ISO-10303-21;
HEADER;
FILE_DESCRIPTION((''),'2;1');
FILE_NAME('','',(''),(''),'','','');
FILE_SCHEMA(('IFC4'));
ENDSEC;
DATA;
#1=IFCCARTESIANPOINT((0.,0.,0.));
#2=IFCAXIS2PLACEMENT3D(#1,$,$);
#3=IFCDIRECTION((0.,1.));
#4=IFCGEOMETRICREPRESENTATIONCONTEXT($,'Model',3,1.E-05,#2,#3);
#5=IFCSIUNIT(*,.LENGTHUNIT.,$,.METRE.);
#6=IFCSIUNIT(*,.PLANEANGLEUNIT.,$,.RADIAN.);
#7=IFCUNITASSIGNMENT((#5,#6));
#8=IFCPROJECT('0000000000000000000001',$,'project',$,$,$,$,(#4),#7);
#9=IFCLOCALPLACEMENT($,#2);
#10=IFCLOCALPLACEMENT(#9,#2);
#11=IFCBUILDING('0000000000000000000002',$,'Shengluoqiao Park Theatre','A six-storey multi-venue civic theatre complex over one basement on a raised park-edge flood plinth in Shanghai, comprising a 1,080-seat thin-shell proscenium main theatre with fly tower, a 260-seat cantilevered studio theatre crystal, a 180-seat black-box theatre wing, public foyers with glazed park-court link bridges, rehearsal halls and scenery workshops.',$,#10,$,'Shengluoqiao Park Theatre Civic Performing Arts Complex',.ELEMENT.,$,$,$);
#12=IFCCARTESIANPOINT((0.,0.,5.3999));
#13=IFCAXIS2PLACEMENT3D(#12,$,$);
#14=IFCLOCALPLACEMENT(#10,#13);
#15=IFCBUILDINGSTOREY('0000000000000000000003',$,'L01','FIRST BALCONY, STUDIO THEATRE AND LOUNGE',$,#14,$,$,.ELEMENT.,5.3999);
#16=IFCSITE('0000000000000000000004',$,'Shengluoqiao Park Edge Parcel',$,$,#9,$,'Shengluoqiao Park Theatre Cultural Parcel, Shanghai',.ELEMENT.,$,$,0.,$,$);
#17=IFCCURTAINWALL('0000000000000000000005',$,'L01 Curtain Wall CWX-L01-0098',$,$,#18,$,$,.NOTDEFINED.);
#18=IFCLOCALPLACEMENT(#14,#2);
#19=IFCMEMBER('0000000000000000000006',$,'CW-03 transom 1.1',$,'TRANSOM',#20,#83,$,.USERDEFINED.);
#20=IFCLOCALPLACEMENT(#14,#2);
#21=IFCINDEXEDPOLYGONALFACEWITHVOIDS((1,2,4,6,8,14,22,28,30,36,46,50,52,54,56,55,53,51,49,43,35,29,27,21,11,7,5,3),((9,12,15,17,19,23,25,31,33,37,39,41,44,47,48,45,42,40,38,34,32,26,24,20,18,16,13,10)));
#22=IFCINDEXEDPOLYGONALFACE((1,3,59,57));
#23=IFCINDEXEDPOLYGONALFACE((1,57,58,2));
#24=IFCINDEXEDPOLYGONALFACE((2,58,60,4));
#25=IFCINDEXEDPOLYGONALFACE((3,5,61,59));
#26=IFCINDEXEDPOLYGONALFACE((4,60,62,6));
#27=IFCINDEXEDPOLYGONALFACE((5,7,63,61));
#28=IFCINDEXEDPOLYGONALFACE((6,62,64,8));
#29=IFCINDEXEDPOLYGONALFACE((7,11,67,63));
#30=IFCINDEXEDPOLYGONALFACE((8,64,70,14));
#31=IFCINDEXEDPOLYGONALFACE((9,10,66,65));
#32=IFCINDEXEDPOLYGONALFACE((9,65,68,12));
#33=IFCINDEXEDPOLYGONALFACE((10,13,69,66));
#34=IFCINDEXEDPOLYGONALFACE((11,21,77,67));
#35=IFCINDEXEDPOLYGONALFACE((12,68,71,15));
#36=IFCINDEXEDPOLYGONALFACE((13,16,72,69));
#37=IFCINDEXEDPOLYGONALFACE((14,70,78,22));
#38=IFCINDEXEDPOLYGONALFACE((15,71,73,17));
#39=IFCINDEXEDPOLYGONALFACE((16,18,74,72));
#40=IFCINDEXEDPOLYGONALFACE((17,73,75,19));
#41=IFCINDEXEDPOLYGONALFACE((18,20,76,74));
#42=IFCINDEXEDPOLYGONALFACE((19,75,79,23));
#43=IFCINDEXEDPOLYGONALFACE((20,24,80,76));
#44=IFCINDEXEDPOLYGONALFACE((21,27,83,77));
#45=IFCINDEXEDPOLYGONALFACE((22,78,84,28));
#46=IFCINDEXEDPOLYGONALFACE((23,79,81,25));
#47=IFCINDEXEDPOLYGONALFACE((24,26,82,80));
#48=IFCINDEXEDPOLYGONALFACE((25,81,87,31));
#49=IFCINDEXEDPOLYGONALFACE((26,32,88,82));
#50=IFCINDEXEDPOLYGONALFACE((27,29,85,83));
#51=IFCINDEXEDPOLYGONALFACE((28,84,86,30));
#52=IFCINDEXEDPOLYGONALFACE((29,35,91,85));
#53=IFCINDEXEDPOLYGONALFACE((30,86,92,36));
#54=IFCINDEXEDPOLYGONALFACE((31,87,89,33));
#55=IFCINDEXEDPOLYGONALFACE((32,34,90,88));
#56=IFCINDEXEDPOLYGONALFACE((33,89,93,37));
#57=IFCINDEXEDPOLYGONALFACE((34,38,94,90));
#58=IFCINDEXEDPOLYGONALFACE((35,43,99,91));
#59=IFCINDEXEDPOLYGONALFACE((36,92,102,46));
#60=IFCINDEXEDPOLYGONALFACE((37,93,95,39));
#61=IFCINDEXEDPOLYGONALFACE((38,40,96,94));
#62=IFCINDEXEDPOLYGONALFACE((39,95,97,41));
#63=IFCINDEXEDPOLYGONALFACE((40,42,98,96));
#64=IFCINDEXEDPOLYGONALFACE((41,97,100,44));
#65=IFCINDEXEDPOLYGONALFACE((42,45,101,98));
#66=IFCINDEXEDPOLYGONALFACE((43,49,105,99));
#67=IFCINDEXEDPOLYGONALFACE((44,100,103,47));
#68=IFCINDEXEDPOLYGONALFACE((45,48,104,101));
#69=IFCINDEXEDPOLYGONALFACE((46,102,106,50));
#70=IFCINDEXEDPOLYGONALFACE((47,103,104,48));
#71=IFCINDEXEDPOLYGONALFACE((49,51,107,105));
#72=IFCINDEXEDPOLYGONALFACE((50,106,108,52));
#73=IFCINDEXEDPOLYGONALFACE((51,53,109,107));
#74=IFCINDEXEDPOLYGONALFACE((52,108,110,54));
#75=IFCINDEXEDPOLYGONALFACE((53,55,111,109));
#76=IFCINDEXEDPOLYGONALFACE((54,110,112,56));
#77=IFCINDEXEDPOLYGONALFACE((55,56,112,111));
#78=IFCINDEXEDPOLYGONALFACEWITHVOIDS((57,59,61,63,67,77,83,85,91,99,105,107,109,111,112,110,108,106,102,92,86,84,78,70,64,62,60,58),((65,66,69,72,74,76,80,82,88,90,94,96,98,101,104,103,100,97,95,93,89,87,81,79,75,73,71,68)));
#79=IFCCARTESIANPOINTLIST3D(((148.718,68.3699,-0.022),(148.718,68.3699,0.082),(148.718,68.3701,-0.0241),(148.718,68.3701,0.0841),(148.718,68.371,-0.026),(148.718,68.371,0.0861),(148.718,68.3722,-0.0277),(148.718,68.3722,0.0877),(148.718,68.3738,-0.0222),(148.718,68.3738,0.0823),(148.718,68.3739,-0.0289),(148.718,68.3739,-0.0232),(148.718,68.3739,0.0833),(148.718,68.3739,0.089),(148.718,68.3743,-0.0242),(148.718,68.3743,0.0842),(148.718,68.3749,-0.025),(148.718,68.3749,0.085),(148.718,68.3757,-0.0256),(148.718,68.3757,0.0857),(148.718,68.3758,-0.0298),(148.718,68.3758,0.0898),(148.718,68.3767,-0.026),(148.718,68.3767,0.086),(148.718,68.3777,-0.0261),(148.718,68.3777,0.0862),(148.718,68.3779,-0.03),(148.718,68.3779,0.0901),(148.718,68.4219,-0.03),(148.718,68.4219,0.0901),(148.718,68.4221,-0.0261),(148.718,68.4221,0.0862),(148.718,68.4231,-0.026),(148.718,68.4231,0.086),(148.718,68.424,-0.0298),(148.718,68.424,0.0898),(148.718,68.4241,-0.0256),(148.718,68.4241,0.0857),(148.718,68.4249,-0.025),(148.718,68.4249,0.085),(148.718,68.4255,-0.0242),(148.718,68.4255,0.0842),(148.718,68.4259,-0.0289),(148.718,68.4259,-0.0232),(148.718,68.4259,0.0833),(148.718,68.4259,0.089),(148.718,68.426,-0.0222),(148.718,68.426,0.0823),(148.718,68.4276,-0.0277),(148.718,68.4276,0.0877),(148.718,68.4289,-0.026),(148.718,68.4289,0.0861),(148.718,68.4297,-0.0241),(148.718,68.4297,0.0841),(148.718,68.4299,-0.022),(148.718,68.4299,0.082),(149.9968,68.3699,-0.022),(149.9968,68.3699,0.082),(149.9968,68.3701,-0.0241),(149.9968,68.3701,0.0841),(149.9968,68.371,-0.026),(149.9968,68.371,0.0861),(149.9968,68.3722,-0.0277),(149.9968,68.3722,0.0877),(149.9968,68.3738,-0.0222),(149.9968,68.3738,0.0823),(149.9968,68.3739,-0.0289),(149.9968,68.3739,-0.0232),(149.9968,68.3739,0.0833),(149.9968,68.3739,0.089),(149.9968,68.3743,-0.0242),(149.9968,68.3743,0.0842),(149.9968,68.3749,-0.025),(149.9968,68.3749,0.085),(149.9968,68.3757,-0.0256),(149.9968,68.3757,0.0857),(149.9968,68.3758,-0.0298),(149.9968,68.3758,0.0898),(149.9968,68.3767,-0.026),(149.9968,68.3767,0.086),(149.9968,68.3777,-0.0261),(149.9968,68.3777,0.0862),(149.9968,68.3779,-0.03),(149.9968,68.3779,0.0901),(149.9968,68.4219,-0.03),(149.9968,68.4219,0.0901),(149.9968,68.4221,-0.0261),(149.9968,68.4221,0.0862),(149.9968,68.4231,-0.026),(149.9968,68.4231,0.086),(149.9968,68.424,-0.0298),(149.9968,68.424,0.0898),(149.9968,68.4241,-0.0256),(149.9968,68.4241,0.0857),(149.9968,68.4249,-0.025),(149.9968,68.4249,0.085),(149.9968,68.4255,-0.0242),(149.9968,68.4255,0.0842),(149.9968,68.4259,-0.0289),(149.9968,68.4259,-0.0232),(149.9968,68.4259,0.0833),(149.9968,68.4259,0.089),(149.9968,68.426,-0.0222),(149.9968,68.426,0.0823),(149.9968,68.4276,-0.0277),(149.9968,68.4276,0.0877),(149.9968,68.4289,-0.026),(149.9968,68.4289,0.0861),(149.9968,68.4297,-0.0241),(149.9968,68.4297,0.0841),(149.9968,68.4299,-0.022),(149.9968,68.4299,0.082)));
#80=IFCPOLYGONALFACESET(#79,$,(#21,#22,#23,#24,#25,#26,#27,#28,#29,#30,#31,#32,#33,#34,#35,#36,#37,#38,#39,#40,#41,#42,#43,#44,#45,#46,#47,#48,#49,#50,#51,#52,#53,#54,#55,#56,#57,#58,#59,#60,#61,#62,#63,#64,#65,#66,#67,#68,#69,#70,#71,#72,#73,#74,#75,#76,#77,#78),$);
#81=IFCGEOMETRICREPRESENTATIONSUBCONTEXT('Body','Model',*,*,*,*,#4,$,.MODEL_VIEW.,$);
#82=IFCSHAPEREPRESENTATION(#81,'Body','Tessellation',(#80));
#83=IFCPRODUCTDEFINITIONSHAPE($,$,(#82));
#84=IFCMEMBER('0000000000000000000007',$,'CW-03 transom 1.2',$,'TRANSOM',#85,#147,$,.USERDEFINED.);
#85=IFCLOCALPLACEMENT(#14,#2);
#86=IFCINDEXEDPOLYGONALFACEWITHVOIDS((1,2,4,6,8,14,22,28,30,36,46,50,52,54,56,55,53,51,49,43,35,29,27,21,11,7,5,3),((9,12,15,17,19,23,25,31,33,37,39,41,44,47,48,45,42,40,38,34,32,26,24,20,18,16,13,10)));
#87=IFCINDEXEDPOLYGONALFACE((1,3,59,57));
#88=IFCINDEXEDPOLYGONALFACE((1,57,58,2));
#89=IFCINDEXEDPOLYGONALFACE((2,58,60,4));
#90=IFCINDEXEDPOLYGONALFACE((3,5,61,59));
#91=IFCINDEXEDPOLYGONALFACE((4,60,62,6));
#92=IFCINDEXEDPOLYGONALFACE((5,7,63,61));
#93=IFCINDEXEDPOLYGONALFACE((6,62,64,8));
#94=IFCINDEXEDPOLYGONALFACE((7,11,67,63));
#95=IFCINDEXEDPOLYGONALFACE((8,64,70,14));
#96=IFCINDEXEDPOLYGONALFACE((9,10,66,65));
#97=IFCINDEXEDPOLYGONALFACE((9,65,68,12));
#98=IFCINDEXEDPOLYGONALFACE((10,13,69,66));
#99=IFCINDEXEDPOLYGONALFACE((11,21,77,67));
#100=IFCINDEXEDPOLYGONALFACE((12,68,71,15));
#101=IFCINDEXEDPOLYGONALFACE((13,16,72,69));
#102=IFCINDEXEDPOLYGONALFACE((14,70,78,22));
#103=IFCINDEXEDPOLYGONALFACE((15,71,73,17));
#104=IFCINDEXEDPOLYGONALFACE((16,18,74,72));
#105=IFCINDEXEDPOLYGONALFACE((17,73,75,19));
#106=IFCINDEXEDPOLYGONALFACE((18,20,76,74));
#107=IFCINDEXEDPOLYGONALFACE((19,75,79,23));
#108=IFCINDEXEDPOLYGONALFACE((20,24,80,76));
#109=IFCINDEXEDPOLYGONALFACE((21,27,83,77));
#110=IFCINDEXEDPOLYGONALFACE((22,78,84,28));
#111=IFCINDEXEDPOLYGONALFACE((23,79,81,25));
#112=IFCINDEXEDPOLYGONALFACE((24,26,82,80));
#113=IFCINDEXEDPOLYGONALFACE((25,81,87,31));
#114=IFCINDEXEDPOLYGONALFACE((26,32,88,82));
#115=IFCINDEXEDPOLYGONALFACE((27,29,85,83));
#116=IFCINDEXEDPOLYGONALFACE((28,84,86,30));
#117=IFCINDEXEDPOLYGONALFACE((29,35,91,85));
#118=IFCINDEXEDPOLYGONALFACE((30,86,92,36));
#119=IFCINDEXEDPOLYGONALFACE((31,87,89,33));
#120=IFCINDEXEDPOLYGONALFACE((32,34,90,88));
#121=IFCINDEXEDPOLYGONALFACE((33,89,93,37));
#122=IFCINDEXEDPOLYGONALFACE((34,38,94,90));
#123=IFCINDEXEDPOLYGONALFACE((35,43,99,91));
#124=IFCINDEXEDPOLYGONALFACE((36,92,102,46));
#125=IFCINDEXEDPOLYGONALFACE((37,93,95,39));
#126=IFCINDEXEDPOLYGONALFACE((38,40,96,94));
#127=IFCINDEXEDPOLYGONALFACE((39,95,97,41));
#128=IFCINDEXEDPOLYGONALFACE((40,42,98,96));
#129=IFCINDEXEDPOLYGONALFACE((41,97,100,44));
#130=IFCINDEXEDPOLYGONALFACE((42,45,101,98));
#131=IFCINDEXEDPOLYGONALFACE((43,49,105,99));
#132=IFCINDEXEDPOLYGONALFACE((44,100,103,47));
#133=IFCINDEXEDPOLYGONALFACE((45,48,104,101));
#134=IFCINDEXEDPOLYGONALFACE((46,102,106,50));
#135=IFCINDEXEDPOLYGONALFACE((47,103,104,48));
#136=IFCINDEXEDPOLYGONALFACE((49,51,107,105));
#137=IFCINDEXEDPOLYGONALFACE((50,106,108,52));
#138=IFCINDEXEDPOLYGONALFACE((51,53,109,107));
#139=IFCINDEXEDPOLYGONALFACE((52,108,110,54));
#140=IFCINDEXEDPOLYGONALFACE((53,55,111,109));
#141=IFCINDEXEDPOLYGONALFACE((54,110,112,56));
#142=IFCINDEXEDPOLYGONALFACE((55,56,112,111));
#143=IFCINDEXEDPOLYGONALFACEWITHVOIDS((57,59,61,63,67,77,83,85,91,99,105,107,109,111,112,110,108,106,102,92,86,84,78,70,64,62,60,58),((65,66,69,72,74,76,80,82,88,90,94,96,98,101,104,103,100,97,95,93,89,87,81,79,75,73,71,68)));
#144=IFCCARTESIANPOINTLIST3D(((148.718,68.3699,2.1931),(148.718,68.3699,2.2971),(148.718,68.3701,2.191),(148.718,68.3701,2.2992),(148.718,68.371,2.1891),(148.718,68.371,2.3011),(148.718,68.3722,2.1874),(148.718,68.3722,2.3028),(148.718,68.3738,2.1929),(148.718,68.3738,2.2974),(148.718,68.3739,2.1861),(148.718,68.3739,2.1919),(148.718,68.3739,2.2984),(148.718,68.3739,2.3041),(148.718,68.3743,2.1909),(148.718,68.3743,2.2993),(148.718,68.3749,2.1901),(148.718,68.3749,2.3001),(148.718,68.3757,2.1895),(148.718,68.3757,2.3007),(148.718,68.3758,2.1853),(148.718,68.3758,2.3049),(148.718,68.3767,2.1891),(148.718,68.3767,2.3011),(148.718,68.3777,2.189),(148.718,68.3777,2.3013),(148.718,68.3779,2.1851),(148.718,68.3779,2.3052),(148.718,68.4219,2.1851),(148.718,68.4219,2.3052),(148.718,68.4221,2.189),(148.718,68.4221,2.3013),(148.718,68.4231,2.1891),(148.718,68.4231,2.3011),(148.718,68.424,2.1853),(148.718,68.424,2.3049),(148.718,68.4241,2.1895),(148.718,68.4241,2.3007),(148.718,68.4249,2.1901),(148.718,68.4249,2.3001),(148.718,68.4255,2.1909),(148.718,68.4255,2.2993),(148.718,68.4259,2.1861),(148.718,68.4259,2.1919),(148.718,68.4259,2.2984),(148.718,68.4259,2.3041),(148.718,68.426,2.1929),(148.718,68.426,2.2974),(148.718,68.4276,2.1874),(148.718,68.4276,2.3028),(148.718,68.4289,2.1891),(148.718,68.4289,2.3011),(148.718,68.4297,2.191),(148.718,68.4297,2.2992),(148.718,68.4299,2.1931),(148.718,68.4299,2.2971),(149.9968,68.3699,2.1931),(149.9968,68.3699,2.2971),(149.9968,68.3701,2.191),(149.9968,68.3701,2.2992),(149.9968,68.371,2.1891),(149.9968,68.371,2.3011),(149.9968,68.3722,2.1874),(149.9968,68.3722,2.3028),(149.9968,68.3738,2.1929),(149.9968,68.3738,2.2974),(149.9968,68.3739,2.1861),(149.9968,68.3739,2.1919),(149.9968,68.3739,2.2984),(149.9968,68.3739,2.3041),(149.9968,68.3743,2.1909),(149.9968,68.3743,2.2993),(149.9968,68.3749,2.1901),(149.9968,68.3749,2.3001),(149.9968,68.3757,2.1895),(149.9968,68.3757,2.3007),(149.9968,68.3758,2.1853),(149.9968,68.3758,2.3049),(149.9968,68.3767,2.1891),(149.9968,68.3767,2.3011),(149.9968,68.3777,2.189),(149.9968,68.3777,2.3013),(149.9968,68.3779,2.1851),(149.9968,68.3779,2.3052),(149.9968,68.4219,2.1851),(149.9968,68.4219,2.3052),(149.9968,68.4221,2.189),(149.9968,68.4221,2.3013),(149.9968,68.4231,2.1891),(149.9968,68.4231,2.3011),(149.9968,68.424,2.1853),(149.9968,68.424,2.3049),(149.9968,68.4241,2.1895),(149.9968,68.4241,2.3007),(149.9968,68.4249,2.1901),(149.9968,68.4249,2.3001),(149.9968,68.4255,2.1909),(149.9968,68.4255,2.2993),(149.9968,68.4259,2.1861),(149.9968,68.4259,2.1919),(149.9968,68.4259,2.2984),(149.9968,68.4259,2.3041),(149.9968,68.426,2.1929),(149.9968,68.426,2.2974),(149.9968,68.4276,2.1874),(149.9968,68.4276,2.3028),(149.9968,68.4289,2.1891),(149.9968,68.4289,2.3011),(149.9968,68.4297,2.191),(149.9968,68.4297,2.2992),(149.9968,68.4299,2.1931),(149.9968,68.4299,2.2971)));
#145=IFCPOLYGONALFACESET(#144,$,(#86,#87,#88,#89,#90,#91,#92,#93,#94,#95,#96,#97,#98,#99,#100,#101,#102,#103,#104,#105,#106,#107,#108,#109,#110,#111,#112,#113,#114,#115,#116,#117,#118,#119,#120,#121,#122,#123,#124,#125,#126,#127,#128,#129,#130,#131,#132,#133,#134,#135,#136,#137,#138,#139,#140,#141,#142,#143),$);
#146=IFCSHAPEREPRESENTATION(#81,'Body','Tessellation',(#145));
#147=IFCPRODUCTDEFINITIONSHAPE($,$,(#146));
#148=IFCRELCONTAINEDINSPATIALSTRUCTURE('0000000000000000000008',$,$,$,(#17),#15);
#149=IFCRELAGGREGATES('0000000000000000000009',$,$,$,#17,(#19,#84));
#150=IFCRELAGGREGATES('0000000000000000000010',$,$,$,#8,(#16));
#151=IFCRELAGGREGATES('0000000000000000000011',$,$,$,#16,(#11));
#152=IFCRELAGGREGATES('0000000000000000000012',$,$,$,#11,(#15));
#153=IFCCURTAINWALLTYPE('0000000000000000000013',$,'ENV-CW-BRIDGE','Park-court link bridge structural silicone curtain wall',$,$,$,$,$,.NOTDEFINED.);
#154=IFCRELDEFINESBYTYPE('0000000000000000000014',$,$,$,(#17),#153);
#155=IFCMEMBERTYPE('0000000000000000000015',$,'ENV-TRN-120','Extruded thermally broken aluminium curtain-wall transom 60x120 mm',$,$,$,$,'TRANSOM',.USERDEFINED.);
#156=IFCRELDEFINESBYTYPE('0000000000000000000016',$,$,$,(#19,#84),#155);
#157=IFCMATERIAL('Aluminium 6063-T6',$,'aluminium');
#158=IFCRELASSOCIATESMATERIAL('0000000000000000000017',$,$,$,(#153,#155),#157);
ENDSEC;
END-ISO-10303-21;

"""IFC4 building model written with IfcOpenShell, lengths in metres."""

from ifc_helpers import new_model, si_unit, direction, frame, origin, origin_2d, place, context, subcontext, project, spatial, hollow_rectangle, extrude, material, material_profile, profile_set, type_object, element, aggregate, save


model = new_model("IFC4")

# Units and contexts
model_context = context("Model", 3, precision=1e-05, world=origin(), true_north=direction((0.0, 1.0)))
body_context = subcontext(model_context, "Body", "Model", "MODEL_VIEW")
ifc_project = project(units=[si_unit("LENGTHUNIT", "METRE"), si_unit("PLANEANGLEUNIT", "RADIAN")], contexts=[model_context])

# Site, building, storey
site_placement = place(None, origin())
site = spatial("IfcSite", under=ifc_project, at=site_placement, Name="Shengluoqiao Park Edge Parcel", LongName="Shengluoqiao Park Theatre Cultural Parcel, Shanghai", CompositionType="ELEMENT", RefElevation=0.0)
building_placement = place(site_placement, origin())
building = spatial("IfcBuilding", under=site, at=building_placement, Name="Shengluoqiao Park Theatre", Description="A six-storey multi-venue civic theatre complex over one basement on a raised park-edge flood plinth in Shanghai, comprising a 1,080-seat thin-shell proscenium main theatre with fly tower, a 260-seat cantilevered studio theatre crystal, a 180-seat black-box theatre wing, public foyers with glazed park-court link bridges, rehearsal halls and scenery workshops.", LongName="Shengluoqiao Park Theatre Civic Performing Arts Complex", CompositionType="ELEMENT")
storey_placement = place(building_placement, frame((0.0, 0.0, 5.3999)))
storey = spatial("IfcBuildingStorey", under=building, at=storey_placement, Name="L01", Description="FIRST BALCONY, STUDIO THEATRE AND LOUNGE", CompositionType="ELEMENT", Elevation=5.3999)

# Curtain wall
ifc_material_1 = material(Name="Aluminium 6063-T6", Category="aluminium")
curtain_wall_type = type_object("IfcCurtainWallType", Name="ENV-CW-BRIDGE", Description="Park-court link bridge structural silicone curtain wall", PredefinedType="NOTDEFINED", material=ifc_material_1)
curtain_wall_1_placement = place(storey_placement, origin())
curtain_wall_1 = element("IfcCurtainWall", 1, at=curtain_wall_1_placement, inside=storey, type_object=curtain_wall_type, Name="L01 Curtain Wall CWX-L01-0098", PredefinedType="NOTDEFINED")

# Members
ifc_material_profile_1 = material_profile(ifc_material_1, hollow_rectangle(XDim=0.0601, YDim=0.1201, WallThickness=0.0039, InnerFilletRadius=0.0039, OuterFilletRadius=0.0081, at=origin_2d()), Name="ALU TRANSOM 120x60x4")
ifc_profile_set_1 = profile_set([ifc_material_profile_1], Name="Aluminium 6063-T6")
member_type_1 = type_object("IfcMemberType", Name="ENV-TRN-120", Description="Extruded thermally broken aluminium curtain-wall transom 60x120 mm", ElementType="TRANSOM", PredefinedType="USERDEFINED", material=ifc_profile_set_1)
member_1_placement = place(storey_placement, frame((148.718, 68.3999, 0.03), z_axis=(1.0, 0.0, 0.0), x_axis=(0.0, 1.0, 0.0)))
member_1 = element("IfcMember", 2, at=member_1_placement, type_object=member_type_1, Name="CW-03 transom 1.1", ObjectType="TRANSOM", PredefinedType="USERDEFINED", context=body_context, shape_type="SweptSolid", body=[
    extrude(hollow_rectangle(XDim=0.0601, YDim=0.1201, WallThickness=0.0039, InnerFilletRadius=0.0039, OuterFilletRadius=0.0081, at=origin_2d()), origin(), (0.0, 0.0, 1.0), 1.2788),
])
member_2_placement = place(storey_placement, frame((148.718, 68.3999, 2.2451), z_axis=(1.0, 0.0, 0.0), x_axis=(0.0, 1.0, 0.0)))
member_2 = element("IfcMember", 3, at=member_2_placement, type_object=member_type_1, Name="CW-03 transom 1.2", ObjectType="TRANSOM", PredefinedType="USERDEFINED", context=body_context, shape_type="SweptSolid", body=[
    extrude(hollow_rectangle(XDim=0.0601, YDim=0.1201, WallThickness=0.0039, InnerFilletRadius=0.0039, OuterFilletRadius=0.0081, at=origin_2d()), origin(), (0.0, 0.0, 1.0), 1.2788),
])

aggregate(curtain_wall_1, [member_1, member_2])

save(model, "model.ifc")
